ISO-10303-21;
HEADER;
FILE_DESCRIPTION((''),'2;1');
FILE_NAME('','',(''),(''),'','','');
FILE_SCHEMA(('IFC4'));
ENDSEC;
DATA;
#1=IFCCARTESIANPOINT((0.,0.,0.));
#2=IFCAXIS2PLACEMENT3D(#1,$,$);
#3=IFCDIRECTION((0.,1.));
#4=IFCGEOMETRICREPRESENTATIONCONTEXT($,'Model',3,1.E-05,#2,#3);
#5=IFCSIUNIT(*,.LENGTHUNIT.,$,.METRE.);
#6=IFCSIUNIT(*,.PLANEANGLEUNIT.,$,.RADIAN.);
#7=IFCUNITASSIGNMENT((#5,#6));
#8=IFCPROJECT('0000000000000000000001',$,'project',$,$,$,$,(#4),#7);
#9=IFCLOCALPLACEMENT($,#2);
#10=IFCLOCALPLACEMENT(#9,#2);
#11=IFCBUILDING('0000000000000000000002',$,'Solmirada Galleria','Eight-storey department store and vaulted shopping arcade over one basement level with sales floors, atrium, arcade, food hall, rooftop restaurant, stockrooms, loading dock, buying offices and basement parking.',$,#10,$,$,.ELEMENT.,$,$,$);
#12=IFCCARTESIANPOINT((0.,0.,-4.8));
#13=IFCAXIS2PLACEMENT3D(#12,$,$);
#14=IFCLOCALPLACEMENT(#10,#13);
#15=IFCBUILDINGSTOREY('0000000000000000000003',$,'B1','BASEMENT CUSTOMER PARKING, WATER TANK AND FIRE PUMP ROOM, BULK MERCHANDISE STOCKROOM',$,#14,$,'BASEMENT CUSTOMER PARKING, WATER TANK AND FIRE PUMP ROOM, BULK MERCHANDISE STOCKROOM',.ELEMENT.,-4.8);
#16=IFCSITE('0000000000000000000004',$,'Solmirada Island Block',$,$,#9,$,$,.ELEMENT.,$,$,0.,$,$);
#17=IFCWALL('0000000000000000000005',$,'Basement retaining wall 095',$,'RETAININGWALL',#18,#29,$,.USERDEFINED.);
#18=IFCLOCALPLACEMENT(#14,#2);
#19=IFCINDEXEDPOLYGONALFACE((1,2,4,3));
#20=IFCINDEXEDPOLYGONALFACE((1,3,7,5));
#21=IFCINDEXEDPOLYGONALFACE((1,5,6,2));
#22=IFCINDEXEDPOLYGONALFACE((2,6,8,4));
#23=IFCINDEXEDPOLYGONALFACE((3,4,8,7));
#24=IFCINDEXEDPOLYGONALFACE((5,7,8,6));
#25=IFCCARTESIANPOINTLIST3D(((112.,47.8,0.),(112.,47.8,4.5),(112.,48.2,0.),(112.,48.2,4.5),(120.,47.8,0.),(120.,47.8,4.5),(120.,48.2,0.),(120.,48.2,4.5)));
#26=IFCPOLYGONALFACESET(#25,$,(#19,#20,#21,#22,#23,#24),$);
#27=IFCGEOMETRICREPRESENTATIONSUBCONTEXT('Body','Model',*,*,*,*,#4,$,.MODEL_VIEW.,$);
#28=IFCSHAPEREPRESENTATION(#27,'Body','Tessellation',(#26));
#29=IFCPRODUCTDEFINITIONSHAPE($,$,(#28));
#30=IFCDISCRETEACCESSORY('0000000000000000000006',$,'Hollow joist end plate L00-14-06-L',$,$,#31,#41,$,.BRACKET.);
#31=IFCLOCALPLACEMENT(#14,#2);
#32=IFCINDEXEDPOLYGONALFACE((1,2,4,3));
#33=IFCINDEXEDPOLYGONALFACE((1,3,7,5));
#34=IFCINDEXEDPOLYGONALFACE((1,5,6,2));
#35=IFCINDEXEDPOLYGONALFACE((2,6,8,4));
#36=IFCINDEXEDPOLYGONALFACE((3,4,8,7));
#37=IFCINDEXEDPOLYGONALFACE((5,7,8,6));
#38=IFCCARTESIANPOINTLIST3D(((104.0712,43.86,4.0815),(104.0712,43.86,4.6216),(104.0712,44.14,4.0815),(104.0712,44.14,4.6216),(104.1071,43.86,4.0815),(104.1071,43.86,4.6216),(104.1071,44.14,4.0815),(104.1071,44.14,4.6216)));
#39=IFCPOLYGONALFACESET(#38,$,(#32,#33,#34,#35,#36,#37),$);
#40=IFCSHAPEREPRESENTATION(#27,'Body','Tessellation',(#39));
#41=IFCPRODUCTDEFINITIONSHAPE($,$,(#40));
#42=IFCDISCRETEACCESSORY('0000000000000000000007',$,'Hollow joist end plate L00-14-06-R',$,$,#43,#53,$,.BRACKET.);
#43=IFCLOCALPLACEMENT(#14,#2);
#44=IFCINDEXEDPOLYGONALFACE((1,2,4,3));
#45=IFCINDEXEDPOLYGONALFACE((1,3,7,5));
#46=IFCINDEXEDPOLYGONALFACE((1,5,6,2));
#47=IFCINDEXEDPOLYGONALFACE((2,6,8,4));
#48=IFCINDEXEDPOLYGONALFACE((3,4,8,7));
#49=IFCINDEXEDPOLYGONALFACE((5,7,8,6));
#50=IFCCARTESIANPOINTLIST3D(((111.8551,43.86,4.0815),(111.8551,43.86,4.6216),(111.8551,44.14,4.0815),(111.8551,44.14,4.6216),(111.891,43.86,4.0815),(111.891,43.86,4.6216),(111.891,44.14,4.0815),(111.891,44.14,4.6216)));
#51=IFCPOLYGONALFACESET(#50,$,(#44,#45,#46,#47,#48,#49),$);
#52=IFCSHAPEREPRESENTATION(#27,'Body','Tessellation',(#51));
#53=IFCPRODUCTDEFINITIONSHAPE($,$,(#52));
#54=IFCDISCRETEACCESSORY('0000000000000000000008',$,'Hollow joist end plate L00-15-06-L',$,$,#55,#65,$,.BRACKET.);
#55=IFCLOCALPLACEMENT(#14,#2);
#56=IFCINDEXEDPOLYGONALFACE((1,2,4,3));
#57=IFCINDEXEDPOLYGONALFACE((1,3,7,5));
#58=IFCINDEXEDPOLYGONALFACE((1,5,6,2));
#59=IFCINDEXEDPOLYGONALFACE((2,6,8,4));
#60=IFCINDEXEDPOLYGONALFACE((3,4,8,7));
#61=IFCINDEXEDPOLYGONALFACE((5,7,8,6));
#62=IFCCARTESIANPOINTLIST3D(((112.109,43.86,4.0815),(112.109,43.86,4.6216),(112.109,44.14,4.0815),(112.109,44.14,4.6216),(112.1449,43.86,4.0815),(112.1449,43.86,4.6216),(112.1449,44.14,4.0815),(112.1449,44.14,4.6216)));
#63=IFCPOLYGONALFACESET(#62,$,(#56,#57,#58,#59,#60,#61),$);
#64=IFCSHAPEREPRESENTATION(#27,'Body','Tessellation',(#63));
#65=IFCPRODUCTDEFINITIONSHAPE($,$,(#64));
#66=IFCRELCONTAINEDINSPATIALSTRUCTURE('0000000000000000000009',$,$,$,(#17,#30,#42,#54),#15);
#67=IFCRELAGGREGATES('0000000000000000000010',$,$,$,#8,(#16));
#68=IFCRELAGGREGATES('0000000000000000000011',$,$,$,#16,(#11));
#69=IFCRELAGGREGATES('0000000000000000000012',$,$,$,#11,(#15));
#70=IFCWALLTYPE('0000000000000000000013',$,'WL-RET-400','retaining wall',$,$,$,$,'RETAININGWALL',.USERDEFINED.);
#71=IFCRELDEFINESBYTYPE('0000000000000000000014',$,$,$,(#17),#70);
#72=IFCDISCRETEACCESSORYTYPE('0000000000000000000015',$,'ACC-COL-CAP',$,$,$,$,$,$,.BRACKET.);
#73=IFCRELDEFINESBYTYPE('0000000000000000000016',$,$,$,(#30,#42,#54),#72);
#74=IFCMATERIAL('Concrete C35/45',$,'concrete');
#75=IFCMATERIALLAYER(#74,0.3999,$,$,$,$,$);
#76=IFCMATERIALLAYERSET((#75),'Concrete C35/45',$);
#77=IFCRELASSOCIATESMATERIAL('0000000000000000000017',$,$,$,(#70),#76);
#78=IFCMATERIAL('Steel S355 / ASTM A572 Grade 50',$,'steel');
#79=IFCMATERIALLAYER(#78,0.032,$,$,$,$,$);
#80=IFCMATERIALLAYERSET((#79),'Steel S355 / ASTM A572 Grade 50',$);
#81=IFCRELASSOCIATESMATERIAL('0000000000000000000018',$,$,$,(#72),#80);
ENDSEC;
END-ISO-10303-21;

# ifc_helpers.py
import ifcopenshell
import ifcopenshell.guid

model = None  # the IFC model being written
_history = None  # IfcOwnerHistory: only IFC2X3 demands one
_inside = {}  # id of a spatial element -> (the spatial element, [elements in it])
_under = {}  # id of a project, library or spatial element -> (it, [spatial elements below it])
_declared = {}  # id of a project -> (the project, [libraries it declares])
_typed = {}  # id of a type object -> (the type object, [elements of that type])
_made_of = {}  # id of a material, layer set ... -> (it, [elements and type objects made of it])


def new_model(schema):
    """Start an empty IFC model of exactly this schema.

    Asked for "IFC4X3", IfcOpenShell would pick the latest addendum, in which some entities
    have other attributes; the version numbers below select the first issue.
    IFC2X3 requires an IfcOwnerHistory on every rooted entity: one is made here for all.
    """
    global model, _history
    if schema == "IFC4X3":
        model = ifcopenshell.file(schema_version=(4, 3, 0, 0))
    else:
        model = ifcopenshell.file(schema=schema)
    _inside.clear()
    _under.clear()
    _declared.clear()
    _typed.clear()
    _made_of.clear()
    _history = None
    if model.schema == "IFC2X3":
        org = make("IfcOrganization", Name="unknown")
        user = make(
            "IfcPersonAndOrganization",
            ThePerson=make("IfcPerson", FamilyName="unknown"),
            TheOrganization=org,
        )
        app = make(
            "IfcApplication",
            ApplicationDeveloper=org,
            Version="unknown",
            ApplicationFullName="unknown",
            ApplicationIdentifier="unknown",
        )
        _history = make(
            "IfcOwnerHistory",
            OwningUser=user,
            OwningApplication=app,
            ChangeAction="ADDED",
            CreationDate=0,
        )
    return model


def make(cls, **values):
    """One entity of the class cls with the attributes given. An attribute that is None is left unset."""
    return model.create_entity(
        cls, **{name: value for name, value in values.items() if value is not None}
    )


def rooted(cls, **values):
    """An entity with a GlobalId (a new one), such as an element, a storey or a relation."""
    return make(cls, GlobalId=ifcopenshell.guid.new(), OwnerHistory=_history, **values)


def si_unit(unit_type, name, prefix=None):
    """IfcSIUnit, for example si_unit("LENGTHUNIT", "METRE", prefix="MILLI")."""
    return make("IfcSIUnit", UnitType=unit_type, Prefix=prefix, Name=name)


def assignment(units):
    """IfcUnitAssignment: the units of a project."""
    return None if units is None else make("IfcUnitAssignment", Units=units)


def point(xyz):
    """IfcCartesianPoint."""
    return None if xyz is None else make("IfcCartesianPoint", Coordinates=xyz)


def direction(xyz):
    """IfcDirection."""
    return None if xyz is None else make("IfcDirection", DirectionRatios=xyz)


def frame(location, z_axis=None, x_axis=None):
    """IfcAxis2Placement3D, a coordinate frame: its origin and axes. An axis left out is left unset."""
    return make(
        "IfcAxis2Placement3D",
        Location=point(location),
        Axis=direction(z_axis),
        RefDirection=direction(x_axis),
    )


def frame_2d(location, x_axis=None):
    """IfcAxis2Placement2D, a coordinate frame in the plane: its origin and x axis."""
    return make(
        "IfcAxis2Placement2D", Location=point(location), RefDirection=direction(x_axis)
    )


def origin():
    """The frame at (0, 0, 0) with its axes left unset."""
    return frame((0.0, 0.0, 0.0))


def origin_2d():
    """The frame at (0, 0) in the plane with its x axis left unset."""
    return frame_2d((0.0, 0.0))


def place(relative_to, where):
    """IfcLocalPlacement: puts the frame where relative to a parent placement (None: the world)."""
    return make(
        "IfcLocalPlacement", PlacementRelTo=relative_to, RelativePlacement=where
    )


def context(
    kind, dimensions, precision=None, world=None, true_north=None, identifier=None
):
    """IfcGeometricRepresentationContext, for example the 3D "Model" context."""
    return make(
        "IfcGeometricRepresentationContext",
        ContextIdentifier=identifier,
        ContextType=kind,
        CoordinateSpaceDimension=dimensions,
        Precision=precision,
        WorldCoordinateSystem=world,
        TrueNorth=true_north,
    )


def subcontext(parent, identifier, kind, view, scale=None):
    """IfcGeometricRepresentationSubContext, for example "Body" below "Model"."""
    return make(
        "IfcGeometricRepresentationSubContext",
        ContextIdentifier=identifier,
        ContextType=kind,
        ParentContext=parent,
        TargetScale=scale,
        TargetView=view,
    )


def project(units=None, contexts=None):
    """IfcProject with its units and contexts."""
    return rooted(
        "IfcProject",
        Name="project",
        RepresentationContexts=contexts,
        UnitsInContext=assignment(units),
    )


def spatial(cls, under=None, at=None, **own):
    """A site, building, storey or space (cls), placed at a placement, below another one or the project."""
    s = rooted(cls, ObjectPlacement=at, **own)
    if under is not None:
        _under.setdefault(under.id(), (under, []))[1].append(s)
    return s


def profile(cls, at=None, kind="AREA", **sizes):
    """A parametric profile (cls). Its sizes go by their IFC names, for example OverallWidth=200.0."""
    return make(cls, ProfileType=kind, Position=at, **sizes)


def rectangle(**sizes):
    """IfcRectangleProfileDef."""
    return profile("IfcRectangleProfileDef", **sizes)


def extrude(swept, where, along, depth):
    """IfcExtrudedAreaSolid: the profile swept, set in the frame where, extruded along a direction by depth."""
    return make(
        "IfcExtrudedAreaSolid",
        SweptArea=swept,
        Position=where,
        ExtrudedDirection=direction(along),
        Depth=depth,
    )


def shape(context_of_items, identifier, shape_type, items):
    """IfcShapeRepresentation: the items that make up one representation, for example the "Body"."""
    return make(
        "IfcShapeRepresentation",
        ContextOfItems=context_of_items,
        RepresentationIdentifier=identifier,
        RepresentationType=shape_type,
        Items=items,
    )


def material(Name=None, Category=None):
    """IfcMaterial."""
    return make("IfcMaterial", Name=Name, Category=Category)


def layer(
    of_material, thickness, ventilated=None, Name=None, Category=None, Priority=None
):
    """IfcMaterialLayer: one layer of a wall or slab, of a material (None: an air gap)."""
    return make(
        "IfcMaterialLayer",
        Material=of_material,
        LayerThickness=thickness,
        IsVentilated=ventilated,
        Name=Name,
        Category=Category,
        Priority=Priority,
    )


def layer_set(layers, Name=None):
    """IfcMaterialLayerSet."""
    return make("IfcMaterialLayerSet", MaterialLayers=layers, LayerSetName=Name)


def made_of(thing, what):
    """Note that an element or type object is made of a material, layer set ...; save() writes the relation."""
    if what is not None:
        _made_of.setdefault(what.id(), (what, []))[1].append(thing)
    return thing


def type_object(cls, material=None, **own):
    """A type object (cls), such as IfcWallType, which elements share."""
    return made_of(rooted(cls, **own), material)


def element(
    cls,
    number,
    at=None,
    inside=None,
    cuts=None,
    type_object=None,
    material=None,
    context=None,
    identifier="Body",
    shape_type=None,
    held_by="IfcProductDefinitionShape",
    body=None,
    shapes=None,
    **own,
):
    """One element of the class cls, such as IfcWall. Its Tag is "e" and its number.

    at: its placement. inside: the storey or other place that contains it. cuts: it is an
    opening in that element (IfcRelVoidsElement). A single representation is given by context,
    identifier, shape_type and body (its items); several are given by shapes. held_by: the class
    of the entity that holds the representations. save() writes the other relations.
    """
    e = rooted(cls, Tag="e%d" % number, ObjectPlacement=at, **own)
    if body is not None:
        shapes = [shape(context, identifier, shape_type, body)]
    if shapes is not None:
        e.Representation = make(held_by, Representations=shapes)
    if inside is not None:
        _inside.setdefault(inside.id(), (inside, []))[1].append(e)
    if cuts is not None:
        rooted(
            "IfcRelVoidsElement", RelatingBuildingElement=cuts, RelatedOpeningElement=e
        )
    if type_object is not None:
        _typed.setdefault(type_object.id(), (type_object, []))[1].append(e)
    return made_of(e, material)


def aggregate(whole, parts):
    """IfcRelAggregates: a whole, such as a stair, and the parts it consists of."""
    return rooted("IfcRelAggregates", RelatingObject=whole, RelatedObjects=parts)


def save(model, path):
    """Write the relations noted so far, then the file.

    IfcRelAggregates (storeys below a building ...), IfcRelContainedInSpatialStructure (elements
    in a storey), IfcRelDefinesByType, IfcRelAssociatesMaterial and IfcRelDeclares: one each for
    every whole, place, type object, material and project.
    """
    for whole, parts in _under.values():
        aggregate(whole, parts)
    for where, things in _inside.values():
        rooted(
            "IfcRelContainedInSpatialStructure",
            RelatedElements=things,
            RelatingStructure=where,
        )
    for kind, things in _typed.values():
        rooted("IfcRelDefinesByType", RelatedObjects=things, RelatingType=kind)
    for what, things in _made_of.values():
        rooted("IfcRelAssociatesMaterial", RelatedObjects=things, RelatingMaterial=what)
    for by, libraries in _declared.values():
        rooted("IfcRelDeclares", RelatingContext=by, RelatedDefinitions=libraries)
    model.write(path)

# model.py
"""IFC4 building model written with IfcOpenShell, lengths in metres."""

from ifc_helpers import new_model, si_unit, direction, frame, frame_2d, origin, origin_2d, place, context, subcontext, project, spatial, rectangle, extrude, material, layer, layer_set, type_object, element, save


model = new_model("IFC4")

# Units and contexts
model_context = context("Model", 3, precision=1e-05, world=origin(), true_north=direction((0.0, 1.0)))
body_context = subcontext(model_context, "Body", "Model", "MODEL_VIEW")
ifc_project = project(units=[si_unit("LENGTHUNIT", "METRE"), si_unit("PLANEANGLEUNIT", "RADIAN")], contexts=[model_context])

# Site, building, storey
site_placement = place(None, origin())
site = spatial("IfcSite", under=ifc_project, at=site_placement, Name="Solmirada Island Block", CompositionType="ELEMENT", RefElevation=0.0)
building_placement = place(site_placement, origin())
building = spatial("IfcBuilding", under=site, at=building_placement, Name="Solmirada Galleria", Description="Eight-storey department store and vaulted shopping arcade over one basement level with sales floors, atrium, arcade, food hall, rooftop restaurant, stockrooms, loading dock, buying offices and basement parking.", CompositionType="ELEMENT")
storey_placement = place(building_placement, frame((0.0, 0.0, -4.8)))
storey = spatial("IfcBuildingStorey", under=building, at=storey_placement, Name="B1", Description="BASEMENT CUSTOMER PARKING, WATER TANK AND FIRE PUMP ROOM, BULK MERCHANDISE STOCKROOM", LongName="BASEMENT CUSTOMER PARKING, WATER TANK AND FIRE PUMP ROOM, BULK MERCHANDISE STOCKROOM", CompositionType="ELEMENT", Elevation=-4.8)

# Shared definitions
ifc_material_1 = material(Name="Concrete C35/45", Category="concrete")

# Wall
ifc_layer_1 = layer(ifc_material_1, 0.3999)
ifc_layer_set_1 = layer_set([ifc_layer_1], Name="Concrete C35/45")
wall_type = type_object("IfcWallType", Name="WL-RET-400", Description="retaining wall", ElementType="RETAININGWALL", PredefinedType="USERDEFINED", material=ifc_layer_set_1)
wall_placement = place(storey_placement, frame((112.0, 48.0, 0.0), z_axis=(0.0, 0.0, 1.0), x_axis=(1.0, 0.0, 0.0)))
element("IfcWall", 1, at=wall_placement, inside=storey, type_object=wall_type, Name="Basement retaining wall 095", ObjectType="RETAININGWALL", PredefinedType="USERDEFINED", context=body_context, shape_type="SweptSolid", body=[
    extrude(rectangle(XDim=8.0, YDim=0.3999, at=frame_2d((4.0, 0.0))), origin(), (0.0, 0.0, 1.0), 4.5),
])

# Discrete accessories
ifc_material_2 = material(Name="Steel S355 / ASTM A572 Grade 50", Category="steel")
ifc_layer_2 = layer(ifc_material_2, 0.032)
ifc_layer_set_2 = layer_set([ifc_layer_2], Name="Steel S355 / ASTM A572 Grade 50")
discrete_accessory_type = type_object("IfcDiscreteAccessoryType", Name="ACC-COL-CAP", PredefinedType="BRACKET", material=ifc_layer_set_2)
for number, where, z_axis, x_axis, name in (
    (2, (104.0891, 44.0, 4.0815), (0.0, 0.0, 1.0), (1.0, 0.0, 0.0), "Hollow joist end plate L00-14-06-L"),
    (3, (111.873, 44.0, 4.0815), (0.0, 0.0, 1.0), (1.0, 0.0, 0.0), "Hollow joist end plate L00-14-06-R"),
    (4, (112.127, 44.0, 4.0815), (0.0, 0.0, 1.0), (1.0, 0.0, 0.0), "Hollow joist end plate L00-15-06-L"),
):
    element("IfcDiscreteAccessory", number, at=place(storey_placement, frame(where, z_axis=z_axis, x_axis=x_axis)), inside=storey, type_object=discrete_accessory_type, Name=name, PredefinedType="BRACKET", context=body_context, shape_type="SweptSolid", body=[
        extrude(rectangle(XDim=0.0359, YDim=0.28, at=origin_2d()), origin(), (0.0, 0.0, 1.0), 0.54),
    ])

save(model, "model.ifc")
